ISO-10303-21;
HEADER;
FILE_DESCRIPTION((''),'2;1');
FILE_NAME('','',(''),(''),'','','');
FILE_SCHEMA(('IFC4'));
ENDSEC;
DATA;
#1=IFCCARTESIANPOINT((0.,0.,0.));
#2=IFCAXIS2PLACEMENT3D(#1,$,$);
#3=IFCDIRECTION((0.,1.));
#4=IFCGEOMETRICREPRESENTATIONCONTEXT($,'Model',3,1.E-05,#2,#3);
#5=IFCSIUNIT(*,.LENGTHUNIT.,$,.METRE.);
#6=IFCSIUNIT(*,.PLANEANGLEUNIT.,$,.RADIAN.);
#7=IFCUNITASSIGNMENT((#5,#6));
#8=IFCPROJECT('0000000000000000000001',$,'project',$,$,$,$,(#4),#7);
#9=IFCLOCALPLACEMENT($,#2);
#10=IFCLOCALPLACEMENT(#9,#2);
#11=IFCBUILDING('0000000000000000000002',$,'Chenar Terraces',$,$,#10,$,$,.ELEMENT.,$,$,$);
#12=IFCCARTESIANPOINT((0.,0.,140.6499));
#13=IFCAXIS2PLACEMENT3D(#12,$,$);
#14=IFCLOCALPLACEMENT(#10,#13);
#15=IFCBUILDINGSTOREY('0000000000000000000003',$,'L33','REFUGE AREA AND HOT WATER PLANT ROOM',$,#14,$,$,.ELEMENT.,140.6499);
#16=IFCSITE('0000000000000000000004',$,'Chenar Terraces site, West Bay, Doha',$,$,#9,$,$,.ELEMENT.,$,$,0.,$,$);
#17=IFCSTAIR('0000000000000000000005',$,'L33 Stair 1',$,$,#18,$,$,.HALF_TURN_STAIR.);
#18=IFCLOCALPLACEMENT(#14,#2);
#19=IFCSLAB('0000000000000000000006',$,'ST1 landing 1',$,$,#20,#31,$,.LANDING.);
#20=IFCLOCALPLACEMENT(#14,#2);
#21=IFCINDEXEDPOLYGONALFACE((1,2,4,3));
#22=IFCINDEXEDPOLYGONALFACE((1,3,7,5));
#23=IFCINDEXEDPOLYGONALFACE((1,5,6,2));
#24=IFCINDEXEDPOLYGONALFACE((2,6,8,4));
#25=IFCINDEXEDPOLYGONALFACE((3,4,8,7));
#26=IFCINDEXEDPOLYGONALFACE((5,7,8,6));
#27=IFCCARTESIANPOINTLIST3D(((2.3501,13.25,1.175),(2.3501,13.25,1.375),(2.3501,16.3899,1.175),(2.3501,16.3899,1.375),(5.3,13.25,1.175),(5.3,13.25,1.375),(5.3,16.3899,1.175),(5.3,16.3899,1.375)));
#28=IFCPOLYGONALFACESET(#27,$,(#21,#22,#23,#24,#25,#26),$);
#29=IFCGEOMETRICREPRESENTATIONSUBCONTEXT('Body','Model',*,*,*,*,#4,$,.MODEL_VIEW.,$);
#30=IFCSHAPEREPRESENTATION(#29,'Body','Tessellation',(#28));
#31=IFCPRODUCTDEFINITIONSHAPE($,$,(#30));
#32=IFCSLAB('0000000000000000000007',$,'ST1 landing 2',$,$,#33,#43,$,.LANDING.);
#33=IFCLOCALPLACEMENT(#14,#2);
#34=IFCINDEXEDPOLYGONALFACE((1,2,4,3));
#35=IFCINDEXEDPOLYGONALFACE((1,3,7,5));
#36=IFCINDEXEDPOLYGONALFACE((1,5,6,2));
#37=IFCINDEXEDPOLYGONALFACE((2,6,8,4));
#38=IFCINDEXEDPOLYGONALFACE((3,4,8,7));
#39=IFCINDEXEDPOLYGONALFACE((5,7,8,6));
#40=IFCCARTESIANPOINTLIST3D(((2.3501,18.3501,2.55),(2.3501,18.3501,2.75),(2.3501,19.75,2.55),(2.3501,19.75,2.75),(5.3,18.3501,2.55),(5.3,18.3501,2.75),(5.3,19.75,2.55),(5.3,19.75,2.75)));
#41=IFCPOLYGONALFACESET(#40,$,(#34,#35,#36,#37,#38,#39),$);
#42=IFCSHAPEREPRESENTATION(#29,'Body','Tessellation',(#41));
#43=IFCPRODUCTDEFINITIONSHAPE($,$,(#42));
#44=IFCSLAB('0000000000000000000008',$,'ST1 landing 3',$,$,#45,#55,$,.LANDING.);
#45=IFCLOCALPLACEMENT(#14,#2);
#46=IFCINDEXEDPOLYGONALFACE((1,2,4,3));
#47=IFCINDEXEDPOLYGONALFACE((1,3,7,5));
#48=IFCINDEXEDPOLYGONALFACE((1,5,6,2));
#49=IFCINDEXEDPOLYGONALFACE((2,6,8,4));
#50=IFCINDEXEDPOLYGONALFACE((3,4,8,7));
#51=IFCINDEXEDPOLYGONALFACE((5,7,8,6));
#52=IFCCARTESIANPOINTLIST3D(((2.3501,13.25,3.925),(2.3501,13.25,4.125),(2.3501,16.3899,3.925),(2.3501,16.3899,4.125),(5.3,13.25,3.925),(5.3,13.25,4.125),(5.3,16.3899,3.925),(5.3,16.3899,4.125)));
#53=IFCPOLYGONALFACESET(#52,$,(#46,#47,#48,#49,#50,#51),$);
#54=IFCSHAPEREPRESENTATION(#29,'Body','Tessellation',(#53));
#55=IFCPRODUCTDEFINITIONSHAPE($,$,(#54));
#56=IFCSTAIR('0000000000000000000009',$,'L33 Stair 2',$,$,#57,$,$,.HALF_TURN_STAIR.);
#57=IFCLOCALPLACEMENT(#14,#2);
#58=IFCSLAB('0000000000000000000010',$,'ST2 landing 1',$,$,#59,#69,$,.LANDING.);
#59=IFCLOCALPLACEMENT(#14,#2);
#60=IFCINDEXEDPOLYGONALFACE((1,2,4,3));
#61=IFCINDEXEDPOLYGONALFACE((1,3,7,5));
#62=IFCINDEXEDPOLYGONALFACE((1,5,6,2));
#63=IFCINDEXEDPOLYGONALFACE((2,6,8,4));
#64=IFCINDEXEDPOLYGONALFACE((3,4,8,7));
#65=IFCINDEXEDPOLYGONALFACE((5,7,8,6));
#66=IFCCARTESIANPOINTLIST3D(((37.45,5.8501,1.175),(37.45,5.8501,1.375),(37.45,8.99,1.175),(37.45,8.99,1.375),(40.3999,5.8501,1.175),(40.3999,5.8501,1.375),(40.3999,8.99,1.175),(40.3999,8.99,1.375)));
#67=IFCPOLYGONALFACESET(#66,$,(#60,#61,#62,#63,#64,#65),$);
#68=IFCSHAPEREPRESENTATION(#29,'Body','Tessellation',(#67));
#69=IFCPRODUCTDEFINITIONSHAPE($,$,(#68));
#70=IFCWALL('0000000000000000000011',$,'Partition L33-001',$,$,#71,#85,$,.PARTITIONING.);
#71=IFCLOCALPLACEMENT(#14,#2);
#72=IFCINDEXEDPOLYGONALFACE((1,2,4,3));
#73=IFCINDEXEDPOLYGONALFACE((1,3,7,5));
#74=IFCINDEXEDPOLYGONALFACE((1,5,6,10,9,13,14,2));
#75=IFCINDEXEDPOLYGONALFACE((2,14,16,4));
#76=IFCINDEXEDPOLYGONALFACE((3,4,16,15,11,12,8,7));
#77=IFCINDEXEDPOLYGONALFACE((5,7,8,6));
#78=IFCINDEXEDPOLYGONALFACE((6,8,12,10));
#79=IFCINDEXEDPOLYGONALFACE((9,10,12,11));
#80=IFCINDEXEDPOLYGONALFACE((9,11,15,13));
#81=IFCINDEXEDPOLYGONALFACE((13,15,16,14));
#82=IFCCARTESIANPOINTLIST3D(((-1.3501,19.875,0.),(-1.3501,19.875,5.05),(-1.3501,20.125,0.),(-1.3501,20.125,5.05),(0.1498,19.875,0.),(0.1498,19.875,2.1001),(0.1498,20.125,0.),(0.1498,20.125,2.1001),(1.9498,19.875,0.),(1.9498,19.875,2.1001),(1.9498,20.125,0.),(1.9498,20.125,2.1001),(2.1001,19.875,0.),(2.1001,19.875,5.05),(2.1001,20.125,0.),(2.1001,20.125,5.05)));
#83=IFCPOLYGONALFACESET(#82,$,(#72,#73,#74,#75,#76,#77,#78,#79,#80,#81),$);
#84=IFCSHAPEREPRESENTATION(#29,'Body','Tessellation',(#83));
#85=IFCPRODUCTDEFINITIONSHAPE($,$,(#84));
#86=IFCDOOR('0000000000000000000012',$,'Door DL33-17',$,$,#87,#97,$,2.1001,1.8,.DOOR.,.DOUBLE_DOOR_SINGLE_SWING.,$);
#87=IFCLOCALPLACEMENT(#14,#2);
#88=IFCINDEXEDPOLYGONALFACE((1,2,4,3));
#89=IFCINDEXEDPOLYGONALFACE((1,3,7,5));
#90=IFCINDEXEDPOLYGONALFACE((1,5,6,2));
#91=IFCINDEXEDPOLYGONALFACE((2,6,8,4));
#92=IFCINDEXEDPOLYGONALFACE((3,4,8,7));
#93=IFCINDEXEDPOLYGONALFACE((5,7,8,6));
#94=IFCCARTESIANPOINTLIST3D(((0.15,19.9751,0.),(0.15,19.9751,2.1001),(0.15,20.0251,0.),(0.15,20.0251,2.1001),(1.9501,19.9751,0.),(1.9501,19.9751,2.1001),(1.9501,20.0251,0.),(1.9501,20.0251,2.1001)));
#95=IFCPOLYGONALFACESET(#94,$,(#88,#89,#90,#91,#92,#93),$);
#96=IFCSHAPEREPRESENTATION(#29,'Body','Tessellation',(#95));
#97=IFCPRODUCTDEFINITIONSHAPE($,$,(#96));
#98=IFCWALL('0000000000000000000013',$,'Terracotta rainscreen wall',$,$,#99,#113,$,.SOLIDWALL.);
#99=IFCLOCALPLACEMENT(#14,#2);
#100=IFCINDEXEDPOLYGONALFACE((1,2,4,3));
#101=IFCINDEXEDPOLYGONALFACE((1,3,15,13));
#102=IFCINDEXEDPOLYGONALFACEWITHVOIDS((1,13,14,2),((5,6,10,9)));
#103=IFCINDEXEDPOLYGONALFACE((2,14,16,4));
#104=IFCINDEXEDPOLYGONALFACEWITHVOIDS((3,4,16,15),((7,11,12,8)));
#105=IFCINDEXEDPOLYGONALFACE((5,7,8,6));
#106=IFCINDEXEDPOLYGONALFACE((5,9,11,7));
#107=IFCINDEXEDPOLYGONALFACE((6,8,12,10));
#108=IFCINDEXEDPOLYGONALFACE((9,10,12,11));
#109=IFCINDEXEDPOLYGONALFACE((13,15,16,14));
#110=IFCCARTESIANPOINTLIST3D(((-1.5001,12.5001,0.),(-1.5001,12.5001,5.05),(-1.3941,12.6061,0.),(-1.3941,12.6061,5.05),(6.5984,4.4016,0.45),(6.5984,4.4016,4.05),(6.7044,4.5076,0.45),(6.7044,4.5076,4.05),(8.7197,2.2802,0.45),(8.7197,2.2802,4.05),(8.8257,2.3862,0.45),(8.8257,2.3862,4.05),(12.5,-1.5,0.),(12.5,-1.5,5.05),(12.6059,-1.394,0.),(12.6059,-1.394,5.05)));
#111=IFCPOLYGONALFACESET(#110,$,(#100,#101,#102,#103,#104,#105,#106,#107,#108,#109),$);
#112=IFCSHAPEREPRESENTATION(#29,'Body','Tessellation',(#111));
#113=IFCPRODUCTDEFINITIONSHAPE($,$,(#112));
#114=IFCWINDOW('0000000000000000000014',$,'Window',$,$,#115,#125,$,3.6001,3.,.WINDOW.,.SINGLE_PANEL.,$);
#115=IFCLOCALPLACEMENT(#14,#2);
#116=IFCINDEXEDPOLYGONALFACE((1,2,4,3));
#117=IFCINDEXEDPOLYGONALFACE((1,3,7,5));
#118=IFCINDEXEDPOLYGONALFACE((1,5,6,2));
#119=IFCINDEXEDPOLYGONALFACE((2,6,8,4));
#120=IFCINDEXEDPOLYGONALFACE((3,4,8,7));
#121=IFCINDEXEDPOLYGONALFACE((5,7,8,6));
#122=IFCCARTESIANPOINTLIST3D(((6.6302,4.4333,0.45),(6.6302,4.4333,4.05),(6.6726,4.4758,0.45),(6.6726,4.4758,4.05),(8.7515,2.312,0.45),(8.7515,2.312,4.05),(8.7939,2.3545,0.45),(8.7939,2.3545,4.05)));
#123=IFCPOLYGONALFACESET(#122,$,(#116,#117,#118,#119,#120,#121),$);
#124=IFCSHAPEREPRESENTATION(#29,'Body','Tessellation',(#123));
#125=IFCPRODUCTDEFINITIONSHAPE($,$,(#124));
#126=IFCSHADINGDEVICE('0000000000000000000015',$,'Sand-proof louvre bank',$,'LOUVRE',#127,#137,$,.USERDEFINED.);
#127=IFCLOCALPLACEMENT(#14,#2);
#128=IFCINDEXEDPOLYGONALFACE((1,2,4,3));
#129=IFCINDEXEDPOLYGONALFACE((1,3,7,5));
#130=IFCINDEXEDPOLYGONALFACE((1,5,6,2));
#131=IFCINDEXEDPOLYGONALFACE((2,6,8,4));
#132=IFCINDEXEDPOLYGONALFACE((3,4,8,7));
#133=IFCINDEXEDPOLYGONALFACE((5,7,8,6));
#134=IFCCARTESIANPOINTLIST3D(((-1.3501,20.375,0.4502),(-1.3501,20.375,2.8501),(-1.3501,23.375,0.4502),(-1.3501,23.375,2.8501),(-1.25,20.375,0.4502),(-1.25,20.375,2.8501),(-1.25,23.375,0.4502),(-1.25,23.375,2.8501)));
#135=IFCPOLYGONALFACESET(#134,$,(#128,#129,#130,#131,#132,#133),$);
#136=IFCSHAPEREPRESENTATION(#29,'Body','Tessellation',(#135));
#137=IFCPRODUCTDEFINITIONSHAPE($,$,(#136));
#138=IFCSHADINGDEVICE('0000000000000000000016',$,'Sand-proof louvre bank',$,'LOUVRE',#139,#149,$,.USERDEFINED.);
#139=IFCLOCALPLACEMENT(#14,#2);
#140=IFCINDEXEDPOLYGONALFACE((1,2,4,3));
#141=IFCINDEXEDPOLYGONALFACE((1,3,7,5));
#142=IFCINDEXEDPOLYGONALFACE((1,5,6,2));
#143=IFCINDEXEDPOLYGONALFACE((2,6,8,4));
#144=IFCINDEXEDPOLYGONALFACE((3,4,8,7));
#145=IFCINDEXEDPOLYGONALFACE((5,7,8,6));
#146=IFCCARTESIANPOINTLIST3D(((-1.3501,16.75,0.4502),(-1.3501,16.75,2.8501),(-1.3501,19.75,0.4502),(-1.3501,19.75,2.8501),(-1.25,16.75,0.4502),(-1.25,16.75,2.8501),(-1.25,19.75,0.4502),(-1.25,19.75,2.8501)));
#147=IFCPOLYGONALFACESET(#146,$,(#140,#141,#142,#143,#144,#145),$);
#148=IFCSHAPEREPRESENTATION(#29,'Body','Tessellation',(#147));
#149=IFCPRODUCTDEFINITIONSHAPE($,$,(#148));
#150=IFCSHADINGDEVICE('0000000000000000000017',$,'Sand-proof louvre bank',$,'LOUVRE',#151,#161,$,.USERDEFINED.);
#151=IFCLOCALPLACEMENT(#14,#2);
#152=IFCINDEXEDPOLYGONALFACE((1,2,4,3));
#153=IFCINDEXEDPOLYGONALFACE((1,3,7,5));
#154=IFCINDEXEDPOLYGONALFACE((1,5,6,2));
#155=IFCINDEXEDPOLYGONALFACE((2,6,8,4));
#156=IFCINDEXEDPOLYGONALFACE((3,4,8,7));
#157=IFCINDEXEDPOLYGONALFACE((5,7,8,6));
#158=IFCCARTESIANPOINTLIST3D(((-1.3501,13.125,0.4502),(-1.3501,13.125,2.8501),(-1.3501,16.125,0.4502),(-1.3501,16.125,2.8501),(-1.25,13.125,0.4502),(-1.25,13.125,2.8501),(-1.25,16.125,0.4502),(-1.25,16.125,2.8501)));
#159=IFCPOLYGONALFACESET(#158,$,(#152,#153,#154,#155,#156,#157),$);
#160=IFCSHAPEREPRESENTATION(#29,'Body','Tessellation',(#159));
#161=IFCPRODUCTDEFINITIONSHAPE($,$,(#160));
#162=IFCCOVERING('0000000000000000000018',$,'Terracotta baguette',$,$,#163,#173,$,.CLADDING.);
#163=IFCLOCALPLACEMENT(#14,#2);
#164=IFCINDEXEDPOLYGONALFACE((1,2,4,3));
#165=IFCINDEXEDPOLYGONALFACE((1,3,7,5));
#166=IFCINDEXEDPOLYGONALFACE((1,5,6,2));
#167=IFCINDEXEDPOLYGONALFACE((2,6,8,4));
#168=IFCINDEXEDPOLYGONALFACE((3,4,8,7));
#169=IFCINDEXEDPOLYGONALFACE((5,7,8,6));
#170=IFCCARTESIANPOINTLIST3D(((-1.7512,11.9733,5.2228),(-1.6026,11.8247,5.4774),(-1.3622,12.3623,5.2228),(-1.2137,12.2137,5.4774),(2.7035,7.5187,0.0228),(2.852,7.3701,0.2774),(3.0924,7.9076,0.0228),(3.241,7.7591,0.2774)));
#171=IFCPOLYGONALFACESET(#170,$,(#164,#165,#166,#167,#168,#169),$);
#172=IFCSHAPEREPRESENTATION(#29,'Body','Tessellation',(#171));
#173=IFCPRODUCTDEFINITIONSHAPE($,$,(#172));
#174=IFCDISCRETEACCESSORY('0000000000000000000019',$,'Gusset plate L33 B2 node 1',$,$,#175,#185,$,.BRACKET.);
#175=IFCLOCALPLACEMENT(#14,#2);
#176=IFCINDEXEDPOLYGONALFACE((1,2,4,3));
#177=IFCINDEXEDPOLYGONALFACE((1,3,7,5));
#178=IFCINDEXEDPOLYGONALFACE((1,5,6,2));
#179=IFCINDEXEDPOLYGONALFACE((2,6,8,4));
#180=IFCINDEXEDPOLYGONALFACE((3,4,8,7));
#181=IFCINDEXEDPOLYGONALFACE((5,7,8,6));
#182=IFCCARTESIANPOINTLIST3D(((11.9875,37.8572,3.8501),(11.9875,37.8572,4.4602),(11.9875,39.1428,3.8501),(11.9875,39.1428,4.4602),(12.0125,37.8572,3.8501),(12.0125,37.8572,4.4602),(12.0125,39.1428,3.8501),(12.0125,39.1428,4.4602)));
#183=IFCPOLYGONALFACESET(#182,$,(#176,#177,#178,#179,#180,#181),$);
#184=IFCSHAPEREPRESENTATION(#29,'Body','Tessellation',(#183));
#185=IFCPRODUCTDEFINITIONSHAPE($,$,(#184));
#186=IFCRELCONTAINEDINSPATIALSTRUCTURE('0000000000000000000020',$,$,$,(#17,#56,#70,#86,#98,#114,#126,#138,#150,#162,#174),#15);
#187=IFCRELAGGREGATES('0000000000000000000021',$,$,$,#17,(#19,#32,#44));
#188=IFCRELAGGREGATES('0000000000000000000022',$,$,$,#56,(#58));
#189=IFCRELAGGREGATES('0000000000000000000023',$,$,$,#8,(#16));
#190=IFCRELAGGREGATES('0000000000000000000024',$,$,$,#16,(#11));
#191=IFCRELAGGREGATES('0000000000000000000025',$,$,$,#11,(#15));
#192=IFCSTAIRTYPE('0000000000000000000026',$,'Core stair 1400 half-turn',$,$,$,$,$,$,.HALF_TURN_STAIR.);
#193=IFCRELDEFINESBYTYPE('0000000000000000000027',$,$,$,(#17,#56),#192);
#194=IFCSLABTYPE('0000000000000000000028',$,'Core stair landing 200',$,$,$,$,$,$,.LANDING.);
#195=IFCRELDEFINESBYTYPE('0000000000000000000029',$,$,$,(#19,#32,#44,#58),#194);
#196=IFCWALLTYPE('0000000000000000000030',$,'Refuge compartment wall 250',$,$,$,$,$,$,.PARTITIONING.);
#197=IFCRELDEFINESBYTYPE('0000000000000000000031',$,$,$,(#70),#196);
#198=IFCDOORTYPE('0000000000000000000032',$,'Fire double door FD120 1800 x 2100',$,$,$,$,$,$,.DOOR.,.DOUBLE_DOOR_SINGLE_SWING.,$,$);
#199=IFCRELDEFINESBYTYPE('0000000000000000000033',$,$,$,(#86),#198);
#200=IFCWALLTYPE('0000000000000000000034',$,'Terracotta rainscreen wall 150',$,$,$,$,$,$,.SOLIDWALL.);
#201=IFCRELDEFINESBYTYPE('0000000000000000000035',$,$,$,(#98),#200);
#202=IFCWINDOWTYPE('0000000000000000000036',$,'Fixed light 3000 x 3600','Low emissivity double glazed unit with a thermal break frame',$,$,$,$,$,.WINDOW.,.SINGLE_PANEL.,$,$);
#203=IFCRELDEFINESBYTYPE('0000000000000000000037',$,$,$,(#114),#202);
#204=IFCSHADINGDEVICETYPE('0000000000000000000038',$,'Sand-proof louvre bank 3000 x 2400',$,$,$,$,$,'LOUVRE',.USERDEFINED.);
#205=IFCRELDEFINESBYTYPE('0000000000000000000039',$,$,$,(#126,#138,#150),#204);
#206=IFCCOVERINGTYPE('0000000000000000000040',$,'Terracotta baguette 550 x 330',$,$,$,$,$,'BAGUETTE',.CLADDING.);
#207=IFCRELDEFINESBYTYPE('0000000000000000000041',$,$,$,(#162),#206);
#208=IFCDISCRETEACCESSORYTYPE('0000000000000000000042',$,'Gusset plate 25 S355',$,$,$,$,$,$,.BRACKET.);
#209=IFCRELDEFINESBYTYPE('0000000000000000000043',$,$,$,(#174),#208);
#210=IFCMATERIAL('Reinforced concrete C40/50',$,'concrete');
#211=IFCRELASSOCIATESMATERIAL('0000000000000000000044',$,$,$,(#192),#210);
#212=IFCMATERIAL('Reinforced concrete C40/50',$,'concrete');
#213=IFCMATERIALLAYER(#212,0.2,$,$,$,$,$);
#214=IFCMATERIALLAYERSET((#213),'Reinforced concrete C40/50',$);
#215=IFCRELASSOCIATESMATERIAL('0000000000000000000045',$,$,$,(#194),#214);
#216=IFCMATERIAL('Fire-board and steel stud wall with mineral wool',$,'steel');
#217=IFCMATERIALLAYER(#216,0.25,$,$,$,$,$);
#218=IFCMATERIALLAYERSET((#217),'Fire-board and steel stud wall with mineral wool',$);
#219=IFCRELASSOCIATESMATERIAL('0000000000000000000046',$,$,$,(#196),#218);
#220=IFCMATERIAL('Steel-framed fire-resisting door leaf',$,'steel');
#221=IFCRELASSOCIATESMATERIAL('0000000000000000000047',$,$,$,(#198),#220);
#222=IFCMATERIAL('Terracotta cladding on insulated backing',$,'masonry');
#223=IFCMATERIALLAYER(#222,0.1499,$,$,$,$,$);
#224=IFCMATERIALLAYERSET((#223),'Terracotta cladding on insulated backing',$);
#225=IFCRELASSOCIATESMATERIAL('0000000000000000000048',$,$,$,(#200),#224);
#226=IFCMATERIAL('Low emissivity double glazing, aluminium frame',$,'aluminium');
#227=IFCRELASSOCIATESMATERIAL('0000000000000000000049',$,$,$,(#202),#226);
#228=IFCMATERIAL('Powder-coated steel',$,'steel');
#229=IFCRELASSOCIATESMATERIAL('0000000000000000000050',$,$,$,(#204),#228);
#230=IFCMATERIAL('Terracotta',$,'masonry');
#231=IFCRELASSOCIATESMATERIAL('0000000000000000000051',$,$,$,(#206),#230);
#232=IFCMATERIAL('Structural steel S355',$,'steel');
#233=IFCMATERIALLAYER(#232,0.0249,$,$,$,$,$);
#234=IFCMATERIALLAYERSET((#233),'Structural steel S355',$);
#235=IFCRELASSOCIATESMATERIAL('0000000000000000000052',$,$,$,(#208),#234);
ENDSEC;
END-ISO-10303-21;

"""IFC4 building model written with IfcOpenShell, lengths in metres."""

from ifc_helpers import new_model, si_unit, direction, frame, frame_2d, origin, origin_2d, place, context, subcontext, project, spatial, polyline, rectangle, outline, extrude, material, layer, layer_set, material_profile, profile_set, type_object, element, fill, aggregate, save


model = new_model("IFC4")

# Units and contexts
model_context = context("Model", 3, precision=1e-05, world=origin(), true_north=direction((0.0, 1.0)))
body_context = subcontext(model_context, "Body", "Model", "MODEL_VIEW")
ifc_project = project(units=[si_unit("LENGTHUNIT", "METRE"), si_unit("PLANEANGLEUNIT", "RADIAN")], contexts=[model_context])

# Site, building, storey
site_placement = place(None, origin())
site = spatial("IfcSite", under=ifc_project, at=site_placement, Name="Chenar Terraces site, West Bay, Doha", CompositionType="ELEMENT", RefElevation=0.0)
building_placement = place(site_placement, origin())
building = spatial("IfcBuilding", under=site, at=building_placement, Name="Chenar Terraces", CompositionType="ELEMENT")
storey_placement = place(building_placement, frame((0.0, 0.0, 140.6499)))
storey = spatial("IfcBuildingStorey", under=building, at=storey_placement, Name="L33", Description="REFUGE AREA AND HOT WATER PLANT ROOM", CompositionType="ELEMENT", Elevation=140.6499)

# Stair, slabs
ifc_material_1 = material(Name="Reinforced concrete C40/50", Category="concrete")
stair_type = type_object("IfcStairType", Name="Core stair 1400 half-turn", PredefinedType="HALF_TURN_STAIR", material=ifc_material_1)
placement_1 = place(storey_placement, origin())
stair_1 = element("IfcStair", 1, at=placement_1, inside=storey, type_object=stair_type, Name="L33 Stair 1", PredefinedType="HALF_TURN_STAIR")
ifc_material_2 = material(Name="Reinforced concrete C40/50", Category="concrete")
ifc_layer_1 = layer(ifc_material_2, 0.2)
ifc_layer_set_1 = layer_set([ifc_layer_1], Name="Reinforced concrete C40/50")
slab_type = type_object("IfcSlabType", Name="Core stair landing 200", PredefinedType="LANDING", material=ifc_layer_set_1)
placement_2 = place(storey_placement, frame((0.0, 0.0, 1.175)))
slab_1 = element("IfcSlab", 2, at=placement_2, type_object=slab_type, Name="ST1 landing 1", PredefinedType="LANDING", context=body_context, shape_type="SweptSolid", body=[
    extrude(outline(polyline([(2.3501, 16.3899), (2.3501, 13.25), (5.3, 13.25), (5.3, 16.3899), (2.3501, 16.3899)])), origin(), (0.0, 0.0, 1.0), 0.2),
])
slab_2_placement = place(storey_placement, frame((0.0, 0.0, 2.55)))
slab_2 = element("IfcSlab", 3, at=slab_2_placement, type_object=slab_type, Name="ST1 landing 2", PredefinedType="LANDING", context=body_context, shape_type="SweptSolid", body=[
    extrude(outline(polyline([(2.3501, 19.75), (2.3501, 18.3501), (5.3, 18.3501), (5.3, 19.75), (2.3501, 19.75)])), origin(), (0.0, 0.0, 1.0), 0.2),
])
slab_3_placement = place(storey_placement, frame((0.0, 0.0, 3.925)))
slab_3 = element("IfcSlab", 4, at=slab_3_placement, type_object=slab_type, Name="ST1 landing 3", PredefinedType="LANDING", context=body_context, shape_type="SweptSolid", body=[
    extrude(outline(polyline([(2.3501, 16.3899), (2.3501, 13.25), (5.3, 13.25), (5.3, 16.3899), (2.3501, 16.3899)])), origin(), (0.0, 0.0, 1.0), 0.2),
])
aggregate(stair_1, [slab_1, slab_2, slab_3])

# Stair, slab
stair_2 = element("IfcStair", 5, at=placement_1, inside=storey, type_object=stair_type, Name="L33 Stair 2", PredefinedType="HALF_TURN_STAIR")
slab_4 = element("IfcSlab", 6, at=placement_2, type_object=slab_type, Name="ST2 landing 1", PredefinedType="LANDING", context=body_context, shape_type="SweptSolid", body=[
    extrude(outline(polyline([(37.45, 8.99), (37.45, 5.8501), (40.3999, 5.8501), (40.3999, 8.99), (37.45, 8.99)])), origin(), (0.0, 0.0, 1.0), 0.2),
])
aggregate(stair_2, [slab_4])

# Wall, opening, door
ifc_material_3 = material(Name="Fire-board and steel stud wall with mineral wool", Category="steel")
ifc_layer_2 = layer(ifc_material_3, 0.25)
ifc_layer_set_2 = layer_set([ifc_layer_2], Name="Fire-board and steel stud wall with mineral wool")
wall_type_1 = type_object("IfcWallType", Name="Refuge compartment wall 250", PredefinedType="PARTITIONING", material=ifc_layer_set_2)
wall_1_placement = place(storey_placement, frame((-1.3501, 20.0, 0.0), z_axis=(0.0, 0.0, 1.0), x_axis=(1.0, 0.0, 0.0)))
wall_1 = element("IfcWall", 7, at=wall_1_placement, inside=storey, type_object=wall_type_1, Name="Partition L33-001", PredefinedType="PARTITIONING", context=body_context, shape_type="SweptSolid", body=[
    extrude(rectangle(XDim=3.4502, YDim=0.25, at=frame_2d((1.7251, 0.0))), origin(), (0.0, 0.0, 1.0), 5.05),
])
opening_1_placement = place(wall_1_placement, frame((1.5, 0.0, 0.0)))
opening_1 = element("IfcOpeningElement", 8, at=opening_1_placement, cuts=wall_1, PredefinedType="OPENING", context=body_context, shape_type="SweptSolid", body=[
    extrude(rectangle(XDim=1.8, YDim=2.1001, at=frame_2d((0.8999, 1.05))), frame((0.0, 0.135, 0.0), z_axis=(0.0, -1.0, 0.0), x_axis=(1.0, 0.0, 0.0)), (0.0, 0.0, 1.0), 0.27),
])
ifc_material_4 = material(Name="Steel-framed fire-resisting door leaf", Category="steel")
door_type = type_object("IfcDoorType", Name="Fire double door FD120 1800 x 2100", OperationType="DOUBLE_DOOR_SINGLE_SWING", PredefinedType="DOOR", material=ifc_material_4)
door_placement = place(opening_1_placement, frame((1.8, 0.0, 0.0), z_axis=(0.0, 0.0, 1.0), x_axis=(-1.0, 0.0, 0.0)))
door = element("IfcDoor", 9, at=door_placement, inside=storey, type_object=door_type, Name="Door DL33-17", OperationType="DOUBLE_DOOR_SINGLE_SWING", OverallHeight=2.1001, OverallWidth=1.8, PredefinedType="DOOR", context=body_context, shape_type="SweptSolid", body=[
    extrude(rectangle(XDim=1.8, YDim=2.1001, at=frame_2d((0.8999, 1.05))), frame((0.0, 0.0249, 0.0), z_axis=(0.0, -1.0, 0.0), x_axis=(1.0, 0.0, 0.0)), (0.0, 0.0, 1.0), 0.05),
])
fill(opening_1, door)

# Wall, opening, window
ifc_material_5 = material(Name="Terracotta cladding on insulated backing", Category="masonry")
ifc_layer_3 = layer(ifc_material_5, 0.1499)
ifc_layer_set_3 = layer_set([ifc_layer_3], Name="Terracotta cladding on insulated backing")
wall_type_2 = type_object("IfcWallType", Name="Terracotta rainscreen wall 150", PredefinedType="SOLIDWALL", material=ifc_layer_set_3)
wall_2_placement = place(storey_placement, frame((-1.447, 12.553, 0.0), z_axis=(0.0, 0.0, 1.0), x_axis=(0.707107, -0.707107, 0.0)))
wall_2 = element("IfcWall", 10, at=wall_2_placement, inside=storey, type_object=wall_type_2, Name="Terracotta rainscreen wall", PredefinedType="SOLIDWALL", context=body_context, shape_type="SweptSolid", body=[
    extrude(rectangle(XDim=19.7991, YDim=0.1499, at=frame_2d((9.8994, 0.0))), origin(), (0.0, 0.0, 1.0), 5.05),
])
opening_2_placement = place(wall_2_placement, frame((11.4529, 0.0, 0.45)))
opening_2 = element("IfcOpeningElement", 11, at=opening_2_placement, cuts=wall_2, PredefinedType="OPENING", context=body_context, shape_type="SweptSolid", body=[
    extrude(rectangle(XDim=3.0, YDim=3.6001, at=frame_2d((1.5, 1.8))), frame((0.0, 0.085, 0.0), z_axis=(0.0, -1.0, 0.0), x_axis=(1.0, 0.0, 0.0)), (0.0, 0.0, 1.0), 0.1699),
])
ifc_material_6 = material(Name="Low emissivity double glazing, aluminium frame", Category="aluminium")
window_type = type_object("IfcWindowType", Name="Fixed light 3000 x 3600", Description="Low emissivity double glazed unit with a thermal break frame", PartitioningType="SINGLE_PANEL", PredefinedType="WINDOW", material=ifc_material_6)
window_placement = place(opening_2_placement, origin())
window = element("IfcWindow", 12, at=window_placement, inside=storey, type_object=window_type, Name="Window", OverallHeight=3.6001, OverallWidth=3.0, PartitioningType="SINGLE_PANEL", PredefinedType="WINDOW", context=body_context, shape_type="SweptSolid", body=[
    extrude(rectangle(XDim=3.0, YDim=3.6001, at=frame_2d((1.5, 1.8))), frame((0.0, 0.03, 0.0), z_axis=(0.0, -1.0, 0.0), x_axis=(1.0, 0.0, 0.0)), (0.0, 0.0, 1.0), 0.0601),
])
fill(opening_2, window)

# Shading devices
ifc_material_7 = material(Name="Powder-coated steel", Category="steel")
shading_device_type = type_object("IfcShadingDeviceType", Name="Sand-proof louvre bank 3000 x 2400", ElementType="LOUVRE", PredefinedType="USERDEFINED", material=ifc_material_7)
for number, where, z_axis, x_axis, name in (
    (13, (-1.3, 21.875, 0.4502), (0.0, 0.0, 1.0), (0.0, -1.0, 0.0), "Sand-proof louvre bank"),
    (14, (-1.3, 18.25, 0.4502), (0.0, 0.0, 1.0), (0.0, -1.0, 0.0), "Sand-proof louvre bank"),
    (15, (-1.3, 14.625, 0.4502), (0.0, 0.0, 1.0), (0.0, -1.0, 0.0), "Sand-proof louvre bank"),
):
    element("IfcShadingDevice", number, at=place(storey_placement, frame(where, z_axis=z_axis, x_axis=x_axis)), inside=storey, type_object=shading_device_type, Name=name, ObjectType="LOUVRE", PredefinedType="USERDEFINED", context=body_context, shape_type="SweptSolid", body=[
        extrude(rectangle(XDim=3.0, YDim=0.1001, at=origin_2d()), origin(), (0.0, 0.0, 1.0), 2.3999),
    ])

# Covering
ifc_material_8 = material(Name="Terracotta", Category="masonry")
ifc_material_profile = material_profile(ifc_material_8, rectangle(XDim=0.55, YDim=0.3301, at=origin_2d()), Name="Terracotta baguette 550 x 330")
ifc_profile_set = profile_set([ifc_material_profile], Name="Terracotta")
covering_type = type_object("IfcCoveringType", Name="Terracotta baguette 550 x 330", ElementType="BAGUETTE", PredefinedType="CLADDING", material=ifc_profile_set)
covering_placement = place(storey_placement, frame((-1.4824, 12.0935, 5.3501), z_axis=(0.54533, -0.54533, -0.636577), x_axis=(0.707107, 0.707107, 0.0)))
element("IfcCovering", 16, at=covering_placement, inside=storey, type_object=covering_type, Name="Terracotta baguette", PredefinedType="CLADDING", context=body_context, shape_type="SweptSolid", body=[
    extrude(rectangle(XDim=0.55, YDim=0.3301, at=origin_2d()), origin(), (0.0, 0.0, 1.0), 8.1687),
])

# Discrete accessory
ifc_material_9 = material(Name="Structural steel S355", Category="steel")
ifc_layer_4 = layer(ifc_material_9, 0.0249)
ifc_layer_set_4 = layer_set([ifc_layer_4], Name="Structural steel S355")
discrete_accessory_type = type_object("IfcDiscreteAccessoryType", Name="Gusset plate 25 S355", PredefinedType="BRACKET", material=ifc_layer_set_4)
placement_3 = place(storey_placement, frame((0.0, 0.0, 3.8501)))
element("IfcDiscreteAccessory", 17, at=placement_3, inside=storey, type_object=discrete_accessory_type, Name="Gusset plate L33 B2 node 1", PredefinedType="BRACKET", context=body_context, shape_type="SweptSolid", body=[
    extrude(outline(polyline([(12.0125, 37.8572), (12.0125, 39.1428), (11.9875, 39.1428), (11.9875, 37.8572), (12.0125, 37.8572)])), origin(), (0.0, 0.0, 1.0), 0.6101),
])

save(model, "model.ifc")
